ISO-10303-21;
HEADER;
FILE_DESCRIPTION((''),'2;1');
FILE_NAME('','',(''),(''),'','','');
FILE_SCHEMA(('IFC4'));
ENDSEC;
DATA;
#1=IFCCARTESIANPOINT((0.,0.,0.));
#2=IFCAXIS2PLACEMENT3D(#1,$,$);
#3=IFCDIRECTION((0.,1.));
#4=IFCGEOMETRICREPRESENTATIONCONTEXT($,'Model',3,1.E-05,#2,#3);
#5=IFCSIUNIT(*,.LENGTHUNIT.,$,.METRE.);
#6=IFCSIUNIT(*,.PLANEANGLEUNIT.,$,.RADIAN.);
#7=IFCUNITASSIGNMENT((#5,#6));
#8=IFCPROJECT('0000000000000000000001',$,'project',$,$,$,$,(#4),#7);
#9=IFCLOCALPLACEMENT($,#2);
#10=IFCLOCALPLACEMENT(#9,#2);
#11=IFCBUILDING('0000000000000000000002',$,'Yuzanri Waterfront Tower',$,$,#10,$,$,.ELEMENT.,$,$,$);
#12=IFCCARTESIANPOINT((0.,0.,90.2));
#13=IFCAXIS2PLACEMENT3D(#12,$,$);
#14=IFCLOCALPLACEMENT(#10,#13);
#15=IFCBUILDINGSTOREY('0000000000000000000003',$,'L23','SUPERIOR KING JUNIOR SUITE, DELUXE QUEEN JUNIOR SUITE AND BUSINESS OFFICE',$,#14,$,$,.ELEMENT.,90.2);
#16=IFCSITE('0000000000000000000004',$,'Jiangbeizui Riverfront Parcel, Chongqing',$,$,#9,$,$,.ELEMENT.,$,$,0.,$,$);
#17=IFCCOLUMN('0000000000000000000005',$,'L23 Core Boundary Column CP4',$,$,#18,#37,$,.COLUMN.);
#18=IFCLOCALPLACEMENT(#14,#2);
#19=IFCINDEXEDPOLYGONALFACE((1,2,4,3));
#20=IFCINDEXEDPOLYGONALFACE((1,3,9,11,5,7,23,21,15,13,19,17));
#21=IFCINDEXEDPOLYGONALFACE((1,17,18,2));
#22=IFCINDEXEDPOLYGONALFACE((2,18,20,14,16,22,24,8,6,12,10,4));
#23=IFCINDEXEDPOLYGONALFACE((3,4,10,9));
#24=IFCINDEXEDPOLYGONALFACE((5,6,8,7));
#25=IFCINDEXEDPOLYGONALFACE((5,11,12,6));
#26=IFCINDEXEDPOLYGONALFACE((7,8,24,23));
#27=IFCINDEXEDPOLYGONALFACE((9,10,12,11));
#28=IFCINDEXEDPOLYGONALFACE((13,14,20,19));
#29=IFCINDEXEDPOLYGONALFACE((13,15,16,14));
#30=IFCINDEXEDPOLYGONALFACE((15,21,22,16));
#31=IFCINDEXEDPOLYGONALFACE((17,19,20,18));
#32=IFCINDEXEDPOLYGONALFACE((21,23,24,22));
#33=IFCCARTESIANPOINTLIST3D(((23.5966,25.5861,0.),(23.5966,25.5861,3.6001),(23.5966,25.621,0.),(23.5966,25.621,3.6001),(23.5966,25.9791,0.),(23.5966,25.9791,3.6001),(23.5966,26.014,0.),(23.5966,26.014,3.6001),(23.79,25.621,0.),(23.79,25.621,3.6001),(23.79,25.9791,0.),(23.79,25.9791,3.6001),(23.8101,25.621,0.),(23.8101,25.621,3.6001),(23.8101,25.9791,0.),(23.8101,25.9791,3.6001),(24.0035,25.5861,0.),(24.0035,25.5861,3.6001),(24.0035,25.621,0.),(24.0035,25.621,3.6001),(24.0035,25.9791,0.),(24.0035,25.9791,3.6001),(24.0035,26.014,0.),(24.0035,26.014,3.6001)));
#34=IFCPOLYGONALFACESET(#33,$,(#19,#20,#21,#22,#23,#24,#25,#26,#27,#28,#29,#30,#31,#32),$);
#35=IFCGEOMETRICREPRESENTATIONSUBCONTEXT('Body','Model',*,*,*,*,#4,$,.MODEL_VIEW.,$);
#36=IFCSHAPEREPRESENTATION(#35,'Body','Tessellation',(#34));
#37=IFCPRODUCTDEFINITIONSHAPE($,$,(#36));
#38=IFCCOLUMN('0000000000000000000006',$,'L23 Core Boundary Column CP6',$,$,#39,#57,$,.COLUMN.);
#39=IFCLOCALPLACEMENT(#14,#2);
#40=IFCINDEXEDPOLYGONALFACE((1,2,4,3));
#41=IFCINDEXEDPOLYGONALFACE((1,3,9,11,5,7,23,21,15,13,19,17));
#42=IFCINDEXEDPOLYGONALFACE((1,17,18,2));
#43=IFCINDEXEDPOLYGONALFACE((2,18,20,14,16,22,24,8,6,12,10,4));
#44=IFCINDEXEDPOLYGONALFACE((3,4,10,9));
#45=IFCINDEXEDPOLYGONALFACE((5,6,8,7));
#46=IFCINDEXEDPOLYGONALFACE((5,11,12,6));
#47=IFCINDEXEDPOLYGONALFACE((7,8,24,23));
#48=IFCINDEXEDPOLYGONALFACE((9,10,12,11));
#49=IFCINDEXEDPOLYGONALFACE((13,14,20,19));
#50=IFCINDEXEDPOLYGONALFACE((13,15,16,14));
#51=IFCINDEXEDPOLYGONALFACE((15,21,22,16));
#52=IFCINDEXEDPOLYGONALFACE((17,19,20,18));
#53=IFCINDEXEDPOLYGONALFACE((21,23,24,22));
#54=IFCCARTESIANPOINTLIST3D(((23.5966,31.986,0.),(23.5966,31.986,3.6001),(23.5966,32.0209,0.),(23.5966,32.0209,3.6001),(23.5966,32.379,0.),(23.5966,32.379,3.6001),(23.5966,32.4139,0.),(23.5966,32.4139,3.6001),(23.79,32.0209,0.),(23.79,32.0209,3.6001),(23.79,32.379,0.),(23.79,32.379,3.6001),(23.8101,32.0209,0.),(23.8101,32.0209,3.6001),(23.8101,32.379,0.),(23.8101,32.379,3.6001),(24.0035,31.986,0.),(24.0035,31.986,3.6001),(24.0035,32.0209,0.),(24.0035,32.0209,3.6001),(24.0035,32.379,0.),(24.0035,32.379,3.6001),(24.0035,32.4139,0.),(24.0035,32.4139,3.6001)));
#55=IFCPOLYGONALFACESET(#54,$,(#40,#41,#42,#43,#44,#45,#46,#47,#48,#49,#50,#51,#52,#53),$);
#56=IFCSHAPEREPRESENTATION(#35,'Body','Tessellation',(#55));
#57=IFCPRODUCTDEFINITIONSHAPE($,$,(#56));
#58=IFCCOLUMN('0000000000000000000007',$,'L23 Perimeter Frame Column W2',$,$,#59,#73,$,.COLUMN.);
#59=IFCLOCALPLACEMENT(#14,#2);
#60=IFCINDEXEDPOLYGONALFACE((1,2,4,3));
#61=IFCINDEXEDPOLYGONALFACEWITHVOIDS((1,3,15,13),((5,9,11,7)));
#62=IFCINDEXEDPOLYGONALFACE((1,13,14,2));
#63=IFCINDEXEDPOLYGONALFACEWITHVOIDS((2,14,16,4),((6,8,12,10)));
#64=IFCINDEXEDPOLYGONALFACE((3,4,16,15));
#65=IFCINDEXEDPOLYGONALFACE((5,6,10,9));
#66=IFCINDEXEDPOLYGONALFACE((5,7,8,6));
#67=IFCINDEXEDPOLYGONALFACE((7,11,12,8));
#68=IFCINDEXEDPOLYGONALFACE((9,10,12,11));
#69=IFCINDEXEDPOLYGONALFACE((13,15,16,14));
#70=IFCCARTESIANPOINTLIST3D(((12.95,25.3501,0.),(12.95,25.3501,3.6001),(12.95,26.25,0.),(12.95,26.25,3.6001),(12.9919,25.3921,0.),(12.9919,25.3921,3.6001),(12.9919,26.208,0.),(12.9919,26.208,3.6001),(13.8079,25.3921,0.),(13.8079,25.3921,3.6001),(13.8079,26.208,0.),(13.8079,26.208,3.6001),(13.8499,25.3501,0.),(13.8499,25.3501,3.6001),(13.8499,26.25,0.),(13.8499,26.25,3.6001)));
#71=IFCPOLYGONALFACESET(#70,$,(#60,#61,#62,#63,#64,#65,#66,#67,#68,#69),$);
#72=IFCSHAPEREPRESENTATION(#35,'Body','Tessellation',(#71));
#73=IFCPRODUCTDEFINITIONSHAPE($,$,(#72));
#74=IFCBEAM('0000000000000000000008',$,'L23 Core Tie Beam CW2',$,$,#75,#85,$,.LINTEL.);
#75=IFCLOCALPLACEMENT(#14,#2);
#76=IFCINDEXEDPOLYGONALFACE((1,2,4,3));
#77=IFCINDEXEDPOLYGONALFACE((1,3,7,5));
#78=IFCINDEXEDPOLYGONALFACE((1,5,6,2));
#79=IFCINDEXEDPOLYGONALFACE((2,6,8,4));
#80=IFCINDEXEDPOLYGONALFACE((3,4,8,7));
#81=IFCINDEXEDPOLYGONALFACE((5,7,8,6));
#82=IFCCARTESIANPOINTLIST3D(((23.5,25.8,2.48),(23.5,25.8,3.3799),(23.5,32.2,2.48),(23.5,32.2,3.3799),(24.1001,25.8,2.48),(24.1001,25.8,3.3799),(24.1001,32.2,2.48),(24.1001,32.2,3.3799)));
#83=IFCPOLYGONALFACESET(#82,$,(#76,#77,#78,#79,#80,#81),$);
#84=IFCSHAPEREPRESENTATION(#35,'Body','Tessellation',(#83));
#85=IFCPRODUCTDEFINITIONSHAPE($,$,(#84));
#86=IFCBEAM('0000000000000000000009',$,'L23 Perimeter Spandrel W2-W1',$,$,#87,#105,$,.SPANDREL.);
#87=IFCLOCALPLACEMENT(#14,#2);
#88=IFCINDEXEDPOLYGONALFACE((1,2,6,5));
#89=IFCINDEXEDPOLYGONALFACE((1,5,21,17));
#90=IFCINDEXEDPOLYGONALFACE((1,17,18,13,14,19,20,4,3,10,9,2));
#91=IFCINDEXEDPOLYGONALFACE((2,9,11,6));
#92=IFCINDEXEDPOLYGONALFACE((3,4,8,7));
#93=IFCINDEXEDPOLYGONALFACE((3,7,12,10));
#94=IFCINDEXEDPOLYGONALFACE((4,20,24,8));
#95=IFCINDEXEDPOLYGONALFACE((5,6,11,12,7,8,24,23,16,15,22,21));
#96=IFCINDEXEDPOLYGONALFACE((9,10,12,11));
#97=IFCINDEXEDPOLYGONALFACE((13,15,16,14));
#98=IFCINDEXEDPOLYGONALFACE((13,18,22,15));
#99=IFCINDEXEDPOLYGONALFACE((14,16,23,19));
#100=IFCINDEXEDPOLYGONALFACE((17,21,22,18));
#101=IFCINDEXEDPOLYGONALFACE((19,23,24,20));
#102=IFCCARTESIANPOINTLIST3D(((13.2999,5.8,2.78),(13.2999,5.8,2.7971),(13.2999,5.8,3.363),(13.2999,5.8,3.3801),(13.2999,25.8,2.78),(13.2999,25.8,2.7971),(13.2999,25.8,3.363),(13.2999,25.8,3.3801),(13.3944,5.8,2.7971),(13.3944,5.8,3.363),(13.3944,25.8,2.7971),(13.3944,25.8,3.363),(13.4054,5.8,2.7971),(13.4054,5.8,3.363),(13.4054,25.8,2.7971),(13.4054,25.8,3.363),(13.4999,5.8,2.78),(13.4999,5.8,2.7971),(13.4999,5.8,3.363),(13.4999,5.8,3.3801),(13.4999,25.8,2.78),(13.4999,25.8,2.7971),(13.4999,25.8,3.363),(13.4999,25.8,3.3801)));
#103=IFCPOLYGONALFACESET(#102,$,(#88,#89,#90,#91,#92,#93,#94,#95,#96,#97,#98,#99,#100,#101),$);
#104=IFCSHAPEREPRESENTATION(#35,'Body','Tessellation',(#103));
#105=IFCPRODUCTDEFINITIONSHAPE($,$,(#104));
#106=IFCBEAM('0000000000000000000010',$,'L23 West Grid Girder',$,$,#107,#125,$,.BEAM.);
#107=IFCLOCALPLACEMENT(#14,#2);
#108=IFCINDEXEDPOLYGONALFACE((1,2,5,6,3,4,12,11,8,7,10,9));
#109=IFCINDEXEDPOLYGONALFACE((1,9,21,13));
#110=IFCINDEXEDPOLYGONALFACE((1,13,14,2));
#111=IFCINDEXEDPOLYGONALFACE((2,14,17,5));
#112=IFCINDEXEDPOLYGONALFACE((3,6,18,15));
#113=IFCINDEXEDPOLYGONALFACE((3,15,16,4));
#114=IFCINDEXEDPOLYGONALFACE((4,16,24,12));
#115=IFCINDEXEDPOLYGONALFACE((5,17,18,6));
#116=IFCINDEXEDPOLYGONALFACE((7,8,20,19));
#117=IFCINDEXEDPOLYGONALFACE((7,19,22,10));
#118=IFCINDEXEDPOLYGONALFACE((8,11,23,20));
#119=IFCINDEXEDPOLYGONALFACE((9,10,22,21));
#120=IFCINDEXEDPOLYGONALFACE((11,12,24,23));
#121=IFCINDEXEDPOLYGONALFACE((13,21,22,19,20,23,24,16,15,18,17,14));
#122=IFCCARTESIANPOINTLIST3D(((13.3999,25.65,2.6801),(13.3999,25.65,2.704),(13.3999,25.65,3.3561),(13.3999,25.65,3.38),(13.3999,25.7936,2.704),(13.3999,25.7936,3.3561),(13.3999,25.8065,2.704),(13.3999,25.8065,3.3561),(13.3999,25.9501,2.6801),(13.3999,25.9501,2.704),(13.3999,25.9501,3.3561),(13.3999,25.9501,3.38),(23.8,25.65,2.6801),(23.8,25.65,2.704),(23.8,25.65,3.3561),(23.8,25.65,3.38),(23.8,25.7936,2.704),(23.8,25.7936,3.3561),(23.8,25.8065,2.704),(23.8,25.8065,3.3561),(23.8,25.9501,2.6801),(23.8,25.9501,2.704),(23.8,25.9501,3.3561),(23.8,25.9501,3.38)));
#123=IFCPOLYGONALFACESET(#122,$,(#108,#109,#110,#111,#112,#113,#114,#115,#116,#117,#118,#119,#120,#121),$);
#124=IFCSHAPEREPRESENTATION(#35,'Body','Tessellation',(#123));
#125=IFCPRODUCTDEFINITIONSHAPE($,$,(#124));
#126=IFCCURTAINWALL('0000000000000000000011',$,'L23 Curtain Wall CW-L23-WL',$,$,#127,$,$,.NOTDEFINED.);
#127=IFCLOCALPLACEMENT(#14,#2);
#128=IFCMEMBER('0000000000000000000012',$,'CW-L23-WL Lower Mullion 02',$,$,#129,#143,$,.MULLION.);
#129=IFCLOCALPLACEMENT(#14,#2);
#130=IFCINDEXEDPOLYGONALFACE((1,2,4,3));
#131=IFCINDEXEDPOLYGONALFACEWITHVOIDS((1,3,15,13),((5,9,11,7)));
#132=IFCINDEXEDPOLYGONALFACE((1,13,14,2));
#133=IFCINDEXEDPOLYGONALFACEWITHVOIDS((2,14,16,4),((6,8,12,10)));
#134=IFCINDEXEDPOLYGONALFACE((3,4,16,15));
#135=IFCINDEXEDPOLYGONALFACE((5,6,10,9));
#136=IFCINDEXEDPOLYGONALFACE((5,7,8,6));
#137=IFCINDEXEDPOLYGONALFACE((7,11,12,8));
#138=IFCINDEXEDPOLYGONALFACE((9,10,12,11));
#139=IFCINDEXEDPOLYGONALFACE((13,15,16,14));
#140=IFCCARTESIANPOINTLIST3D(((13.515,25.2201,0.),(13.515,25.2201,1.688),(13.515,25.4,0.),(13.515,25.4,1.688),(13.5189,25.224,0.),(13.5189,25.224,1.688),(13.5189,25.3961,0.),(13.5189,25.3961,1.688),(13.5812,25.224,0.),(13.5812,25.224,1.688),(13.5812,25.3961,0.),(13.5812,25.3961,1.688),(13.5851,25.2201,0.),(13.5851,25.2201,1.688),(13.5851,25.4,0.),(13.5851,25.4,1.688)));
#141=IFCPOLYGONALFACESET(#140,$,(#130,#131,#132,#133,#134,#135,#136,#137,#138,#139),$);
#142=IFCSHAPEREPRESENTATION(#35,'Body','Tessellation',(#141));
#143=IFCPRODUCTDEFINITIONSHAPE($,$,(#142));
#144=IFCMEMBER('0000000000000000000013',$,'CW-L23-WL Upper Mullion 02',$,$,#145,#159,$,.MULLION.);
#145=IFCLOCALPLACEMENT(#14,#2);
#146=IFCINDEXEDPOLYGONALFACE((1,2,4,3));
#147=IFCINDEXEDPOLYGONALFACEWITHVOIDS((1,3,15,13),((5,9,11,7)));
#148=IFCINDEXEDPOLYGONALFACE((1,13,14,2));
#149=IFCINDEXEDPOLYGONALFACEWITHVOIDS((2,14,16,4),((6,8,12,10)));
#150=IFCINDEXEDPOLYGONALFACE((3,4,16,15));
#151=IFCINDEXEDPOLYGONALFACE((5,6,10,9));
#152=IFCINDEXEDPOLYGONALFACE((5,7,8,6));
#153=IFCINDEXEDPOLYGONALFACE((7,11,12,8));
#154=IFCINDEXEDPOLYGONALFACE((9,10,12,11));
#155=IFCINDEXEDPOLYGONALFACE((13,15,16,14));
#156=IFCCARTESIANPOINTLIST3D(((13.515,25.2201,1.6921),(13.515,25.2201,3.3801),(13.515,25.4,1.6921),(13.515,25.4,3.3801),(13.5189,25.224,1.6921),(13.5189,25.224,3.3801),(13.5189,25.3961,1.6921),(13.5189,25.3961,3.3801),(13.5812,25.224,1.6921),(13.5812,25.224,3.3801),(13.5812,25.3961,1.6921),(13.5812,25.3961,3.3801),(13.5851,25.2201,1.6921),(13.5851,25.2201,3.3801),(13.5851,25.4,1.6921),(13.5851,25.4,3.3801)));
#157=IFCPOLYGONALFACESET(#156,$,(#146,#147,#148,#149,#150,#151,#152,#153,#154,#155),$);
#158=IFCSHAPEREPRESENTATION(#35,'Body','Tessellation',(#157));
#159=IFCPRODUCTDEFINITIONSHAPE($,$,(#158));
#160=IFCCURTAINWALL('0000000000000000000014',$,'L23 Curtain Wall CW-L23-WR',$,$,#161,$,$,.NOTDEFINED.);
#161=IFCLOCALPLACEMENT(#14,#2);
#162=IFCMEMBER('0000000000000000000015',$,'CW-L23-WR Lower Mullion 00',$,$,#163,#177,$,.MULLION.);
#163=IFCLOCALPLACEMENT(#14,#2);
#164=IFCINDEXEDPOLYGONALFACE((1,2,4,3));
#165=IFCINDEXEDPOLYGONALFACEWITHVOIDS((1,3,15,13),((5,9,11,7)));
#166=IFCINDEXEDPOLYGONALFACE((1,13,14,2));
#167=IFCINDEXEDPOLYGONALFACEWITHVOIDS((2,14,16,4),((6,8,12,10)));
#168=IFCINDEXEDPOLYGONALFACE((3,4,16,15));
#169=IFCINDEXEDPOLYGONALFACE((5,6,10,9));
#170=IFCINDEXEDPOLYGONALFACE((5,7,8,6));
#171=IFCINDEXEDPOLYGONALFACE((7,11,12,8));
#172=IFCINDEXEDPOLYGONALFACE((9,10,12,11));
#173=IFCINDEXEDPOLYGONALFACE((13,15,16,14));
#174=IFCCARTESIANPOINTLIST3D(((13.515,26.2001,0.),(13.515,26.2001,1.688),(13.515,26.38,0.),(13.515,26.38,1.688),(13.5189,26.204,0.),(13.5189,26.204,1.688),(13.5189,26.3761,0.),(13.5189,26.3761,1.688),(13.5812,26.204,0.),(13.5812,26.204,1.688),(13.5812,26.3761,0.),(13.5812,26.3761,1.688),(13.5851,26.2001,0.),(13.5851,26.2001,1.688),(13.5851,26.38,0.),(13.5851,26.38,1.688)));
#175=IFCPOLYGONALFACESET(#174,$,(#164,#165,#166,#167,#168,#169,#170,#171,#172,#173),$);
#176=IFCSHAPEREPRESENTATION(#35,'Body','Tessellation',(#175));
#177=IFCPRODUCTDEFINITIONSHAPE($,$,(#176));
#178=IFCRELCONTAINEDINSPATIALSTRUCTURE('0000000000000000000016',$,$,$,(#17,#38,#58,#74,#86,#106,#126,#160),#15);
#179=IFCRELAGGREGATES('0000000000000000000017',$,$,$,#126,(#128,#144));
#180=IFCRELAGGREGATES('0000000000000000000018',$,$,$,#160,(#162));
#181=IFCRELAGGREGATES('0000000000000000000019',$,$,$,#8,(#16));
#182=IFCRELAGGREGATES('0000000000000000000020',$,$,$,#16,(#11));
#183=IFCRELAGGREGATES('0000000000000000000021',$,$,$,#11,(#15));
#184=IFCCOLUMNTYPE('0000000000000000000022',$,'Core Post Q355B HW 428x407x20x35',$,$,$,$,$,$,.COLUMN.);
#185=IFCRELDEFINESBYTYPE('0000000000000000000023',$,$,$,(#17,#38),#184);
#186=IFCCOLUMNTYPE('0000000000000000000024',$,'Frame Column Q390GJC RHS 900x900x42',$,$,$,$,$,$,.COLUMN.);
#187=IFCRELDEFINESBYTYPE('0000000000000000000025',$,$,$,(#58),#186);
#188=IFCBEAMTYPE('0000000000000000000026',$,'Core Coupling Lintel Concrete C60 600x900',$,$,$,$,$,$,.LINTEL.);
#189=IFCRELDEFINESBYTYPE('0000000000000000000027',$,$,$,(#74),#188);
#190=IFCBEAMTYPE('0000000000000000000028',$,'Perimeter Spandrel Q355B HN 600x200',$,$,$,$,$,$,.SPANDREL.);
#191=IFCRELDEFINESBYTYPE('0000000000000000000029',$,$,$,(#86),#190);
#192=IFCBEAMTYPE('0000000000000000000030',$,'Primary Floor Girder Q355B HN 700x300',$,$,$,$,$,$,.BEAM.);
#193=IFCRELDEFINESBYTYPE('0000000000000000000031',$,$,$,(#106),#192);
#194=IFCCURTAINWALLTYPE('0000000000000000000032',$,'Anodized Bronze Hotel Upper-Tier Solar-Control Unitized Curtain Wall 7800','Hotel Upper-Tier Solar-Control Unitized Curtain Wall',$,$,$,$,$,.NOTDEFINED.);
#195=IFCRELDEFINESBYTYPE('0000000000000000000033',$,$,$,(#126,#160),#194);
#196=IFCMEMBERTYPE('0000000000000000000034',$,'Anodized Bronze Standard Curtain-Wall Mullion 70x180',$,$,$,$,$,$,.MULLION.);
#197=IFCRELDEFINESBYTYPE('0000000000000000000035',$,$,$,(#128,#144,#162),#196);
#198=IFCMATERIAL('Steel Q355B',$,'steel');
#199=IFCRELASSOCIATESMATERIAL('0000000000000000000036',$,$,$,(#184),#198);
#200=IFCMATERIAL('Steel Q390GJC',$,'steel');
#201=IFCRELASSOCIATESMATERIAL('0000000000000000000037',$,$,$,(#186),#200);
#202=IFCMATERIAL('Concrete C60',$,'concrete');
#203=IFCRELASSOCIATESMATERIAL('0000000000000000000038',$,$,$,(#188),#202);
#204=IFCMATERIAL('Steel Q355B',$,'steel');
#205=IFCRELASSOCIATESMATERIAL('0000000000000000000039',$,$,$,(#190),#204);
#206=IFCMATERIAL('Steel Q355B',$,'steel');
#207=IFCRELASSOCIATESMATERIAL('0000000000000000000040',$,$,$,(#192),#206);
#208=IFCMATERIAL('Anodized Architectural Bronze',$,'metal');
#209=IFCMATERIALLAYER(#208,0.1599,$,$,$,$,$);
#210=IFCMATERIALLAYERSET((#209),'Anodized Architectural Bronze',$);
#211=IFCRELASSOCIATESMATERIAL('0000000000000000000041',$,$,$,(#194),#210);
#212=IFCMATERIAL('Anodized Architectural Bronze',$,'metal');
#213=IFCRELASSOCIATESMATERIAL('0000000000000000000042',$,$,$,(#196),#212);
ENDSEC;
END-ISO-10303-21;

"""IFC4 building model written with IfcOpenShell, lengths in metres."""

from ifc_helpers import new_model, si_unit, direction, frame, origin, origin_2d, place, context, subcontext, project, spatial, rectangle, hollow_rectangle, i_section, extrude, source, transform, mapped, material, layer, layer_set, material_profile, profile_set, type_object, element, aggregate, save


model = new_model("IFC4")

# Units and contexts
model_context = context("Model", 3, precision=1e-05, world=origin(), true_north=direction((0.0, 1.0)))
body_context = subcontext(model_context, "Body", "Model", "MODEL_VIEW")
ifc_project = project(units=[si_unit("LENGTHUNIT", "METRE"), si_unit("PLANEANGLEUNIT", "RADIAN")], contexts=[model_context])

# Site, building, storey
site_placement = place(None, origin())
site = spatial("IfcSite", under=ifc_project, at=site_placement, Name="Jiangbeizui Riverfront Parcel, Chongqing", CompositionType="ELEMENT", RefElevation=0.0)
building_placement = place(site_placement, origin())
building = spatial("IfcBuilding", under=site, at=building_placement, Name="Yuzanri Waterfront Tower", CompositionType="ELEMENT")
storey_placement = place(building_placement, frame((0.0, 0.0, 90.2)))
storey = spatial("IfcBuildingStorey", under=building, at=storey_placement, Name="L23", Description="SUPERIOR KING JUNIOR SUITE, DELUXE QUEEN JUNIOR SUITE AND BUSINESS OFFICE", CompositionType="ELEMENT", Elevation=90.2)

# Columns
ifc_material_1 = material(Name="Steel Q355B", Category="steel")
ifc_material_profile_1 = material_profile(ifc_material_1, i_section(OverallWidth=0.407, OverallDepth=0.428, WebThickness=0.02, FlangeThickness=0.0349, at=origin_2d()), Name="HW 428x407x20x35")
ifc_profile_set_1 = profile_set([ifc_material_profile_1], Name="Steel Q355B")
column_type_1 = type_object("IfcColumnType", Name="Core Post Q355B HW 428x407x20x35", PredefinedType="COLUMN", material=ifc_profile_set_1)
shared_shape_1 = source(origin(), body_context, "Body", "SweptSolid", [
    extrude(i_section(OverallWidth=0.407, OverallDepth=0.428, WebThickness=0.02, FlangeThickness=0.0349, at=origin_2d()), origin(), (0.0, 0.0, 1.0), 3.6001),
])
for number, where, z_axis, x_axis, name in (
    (1, (23.8, 25.8, 0.0), (0.0, 0.0, 1.0), (1.0, 0.0, 0.0), "L23 Core Boundary Column CP4"),
    (2, (23.8, 32.2, 0.0), (0.0, 0.0, 1.0), (1.0, 0.0, 0.0), "L23 Core Boundary Column CP6"),
):
    element("IfcColumn", number, at=place(storey_placement, frame(where, z_axis=z_axis, x_axis=x_axis)), inside=storey, type_object=column_type_1, Name=name, PredefinedType="COLUMN", context=body_context, shape_type="MappedRepresentation", body=[
        mapped(shared_shape_1, transform((0.0, 0.0, 0.0), scale=1.0)),
    ])
ifc_material_2 = material(Name="Steel Q390GJC", Category="steel")
ifc_material_profile_2 = material_profile(ifc_material_2, hollow_rectangle(XDim=0.8999, YDim=0.8999, WallThickness=0.042, at=origin_2d()), Name="RHS 900x900x42")
ifc_profile_set_2 = profile_set([ifc_material_profile_2], Name="Steel Q390GJC")
column_type_2 = type_object("IfcColumnType", Name="Frame Column Q390GJC RHS 900x900x42", PredefinedType="COLUMN", material=ifc_profile_set_2)
shared_shape_2 = source(origin(), body_context, "Body", "SweptSolid", [
    extrude(hollow_rectangle(XDim=0.8999, YDim=0.8999, WallThickness=0.042, at=origin_2d()), origin(), (0.0, 0.0, 1.0), 3.6001),
])
column_placement = place(storey_placement, frame((13.3999, 25.8, 0.0), z_axis=(0.0, 0.0, 1.0), x_axis=(1.0, 0.0, 0.0)))
element("IfcColumn", 3, at=column_placement, inside=storey, type_object=column_type_2, Name="L23 Perimeter Frame Column W2", PredefinedType="COLUMN", context=body_context, shape_type="MappedRepresentation", body=[
    mapped(shared_shape_2, transform((0.0, 0.0, 0.0), scale=1.0)),
])

# Beams
ifc_material_3 = material(Name="Concrete C60", Category="concrete")
ifc_material_profile_3 = material_profile(ifc_material_3, rectangle(XDim=0.6001, YDim=0.8999, at=origin_2d()), Name="RC 600x900")
ifc_profile_set_3 = profile_set([ifc_material_profile_3], Name="Concrete C60")
beam_type_1 = type_object("IfcBeamType", Name="Core Coupling Lintel Concrete C60 600x900", PredefinedType="LINTEL", material=ifc_profile_set_3)
shared_shape_3 = source(origin(), body_context, "Body", "SweptSolid", [
    extrude(rectangle(XDim=0.6001, YDim=0.8999, at=origin_2d()), origin(), (0.0, 0.0, 1.0), 6.3999),
])
beam_1_placement = place(storey_placement, frame((23.8, 25.8, 2.9299), z_axis=(0.0, 1.0, 0.0), x_axis=(-1.0, 0.0, 0.0)))
element("IfcBeam", 4, at=beam_1_placement, inside=storey, type_object=beam_type_1, Name="L23 Core Tie Beam CW2", PredefinedType="LINTEL", context=body_context, shape_type="MappedRepresentation", body=[
    mapped(shared_shape_3, transform((0.0, 0.0, 0.0), scale=1.0)),
])
ifc_material_4 = material(Name="Steel Q355B", Category="steel")
ifc_material_profile_4 = material_profile(ifc_material_4, i_section(OverallWidth=0.2, OverallDepth=0.6001, WebThickness=0.011, FlangeThickness=0.0171, at=origin_2d()), Name="HN 600x200x11x17")
ifc_profile_set_4 = profile_set([ifc_material_profile_4], Name="Steel Q355B")
beam_type_2 = type_object("IfcBeamType", Name="Perimeter Spandrel Q355B HN 600x200", PredefinedType="SPANDREL", material=ifc_profile_set_4)
shared_shape_4 = source(origin(), body_context, "Body", "SweptSolid", [
    extrude(i_section(OverallWidth=0.2, OverallDepth=0.6001, WebThickness=0.011, FlangeThickness=0.0171, at=origin_2d()), origin(), (0.0, 0.0, 1.0), 20.0),
])
beam_2_placement = place(storey_placement, frame((13.3999, 25.8, 3.0801), z_axis=(0.0, -1.0, 0.0), x_axis=(1.0, 0.0, 0.0)))
element("IfcBeam", 5, at=beam_2_placement, inside=storey, type_object=beam_type_2, Name="L23 Perimeter Spandrel W2-W1", PredefinedType="SPANDREL", context=body_context, shape_type="MappedRepresentation", body=[
    mapped(shared_shape_4, transform((0.0, 0.0, 0.0), scale=1.0)),
])
ifc_material_5 = material(Name="Steel Q355B", Category="steel")
ifc_material_profile_5 = material_profile(ifc_material_5, i_section(OverallWidth=0.3, OverallDepth=0.7, WebThickness=0.0129, FlangeThickness=0.0239, at=origin_2d()), Name="HN 700x300x13x24")
ifc_profile_set_5 = profile_set([ifc_material_profile_5], Name="Steel Q355B")
beam_type_3 = type_object("IfcBeamType", Name="Primary Floor Girder Q355B HN 700x300", PredefinedType="BEAM", material=ifc_profile_set_5)
shared_shape_5 = source(origin(), body_context, "Body", "SweptSolid", [
    extrude(i_section(OverallWidth=0.3, OverallDepth=0.7, WebThickness=0.0129, FlangeThickness=0.0239, at=origin_2d()), origin(), (0.0, 0.0, 1.0), 10.4001),
])
beam_3_placement = place(storey_placement, frame((23.8, 25.8, 3.03), z_axis=(-1.0, 0.0, 0.0), x_axis=(0.0, -1.0, 0.0)))
element("IfcBeam", 6, at=beam_3_placement, inside=storey, type_object=beam_type_3, Name="L23 West Grid Girder", PredefinedType="BEAM", context=body_context, shape_type="MappedRepresentation", body=[
    mapped(shared_shape_5, transform((0.0, 0.0, 0.0), scale=1.0)),
])

# Curtain wall, members
ifc_material_6 = material(Name="Anodized Architectural Bronze", Category="metal")
ifc_layer_1 = layer(ifc_material_6, 0.1599)
ifc_layer_set_1 = layer_set([ifc_layer_1], Name="Anodized Architectural Bronze")
curtain_wall_type = type_object("IfcCurtainWallType", Name="Anodized Bronze Hotel Upper-Tier Solar-Control Unitized Curtain Wall 7800", Description="Hotel Upper-Tier Solar-Control Unitized Curtain Wall", PredefinedType="NOTDEFINED", material=ifc_layer_set_1)
curtain_wall_1_placement = place(storey_placement, origin())
curtain_wall_1 = element("IfcCurtainWall", 7, at=curtain_wall_1_placement, inside=storey, type_object=curtain_wall_type, Name="L23 Curtain Wall CW-L23-WL", PredefinedType="NOTDEFINED")
ifc_material_7 = material(Name="Anodized Architectural Bronze", Category="metal")
ifc_material_profile_6 = material_profile(ifc_material_7, hollow_rectangle(XDim=0.0701, YDim=0.1799, WallThickness=0.0039, at=origin_2d()), Name="CWM 70x180")
ifc_profile_set_6 = profile_set([ifc_material_profile_6], Name="Anodized Architectural Bronze")
member_type_1 = type_object("IfcMemberType", Name="Anodized Bronze Standard Curtain-Wall Mullion 70x180", PredefinedType="MULLION", material=ifc_profile_set_6)
shared_shape_6 = source(origin(), body_context, "Body", "SweptSolid", [
    extrude(hollow_rectangle(XDim=0.0701, YDim=0.1799, WallThickness=0.0039, at=origin_2d()), origin(), (0.0, 0.0, 1.0), 1.688),
])
member_1_placement = place(storey_placement, frame((13.55, 25.3101, 0.0), z_axis=(0.0, 0.0, 1.0), x_axis=(1.0, 0.0, 0.0)))
member_1 = element("IfcMember", 8, at=member_1_placement, type_object=member_type_1, Name="CW-L23-WL Lower Mullion 02", PredefinedType="MULLION", context=body_context, shape_type="MappedRepresentation", body=[
    mapped(shared_shape_6, transform((0.0, 0.0, 0.0), scale=1.0)),
])
member_2_placement = place(storey_placement, frame((13.55, 25.3101, 1.6921), z_axis=(0.0, 0.0, 1.0), x_axis=(1.0, 0.0, 0.0)))
member_2 = element("IfcMember", 9, at=member_2_placement, type_object=member_type_1, Name="CW-L23-WL Upper Mullion 02", PredefinedType="MULLION", context=body_context, shape_type="MappedRepresentation", body=[
    mapped(shared_shape_6, transform((0.0, 0.0, 0.0), scale=1.0)),
])
aggregate(curtain_wall_1, [member_1, member_2])

# Curtain wall, member
curtain_wall_2_placement = place(storey_placement, origin())
curtain_wall_2 = element("IfcCurtainWall", 10, at=curtain_wall_2_placement, inside=storey, type_object=curtain_wall_type, Name="L23 Curtain Wall CW-L23-WR", PredefinedType="NOTDEFINED")
member_3_placement = place(storey_placement, frame((13.55, 26.29, 0.0), z_axis=(0.0, 0.0, 1.0), x_axis=(1.0, 0.0, 0.0)))
member_3 = element("IfcMember", 11, at=member_3_placement, type_object=member_type_1, Name="CW-L23-WR Lower Mullion 00", PredefinedType="MULLION", context=body_context, shape_type="MappedRepresentation", body=[
    mapped(shared_shape_6, transform((0.0, 0.0, 0.0), scale=1.0)),
])
aggregate(curtain_wall_2, [member_3])

save(model, "model.ifc")
